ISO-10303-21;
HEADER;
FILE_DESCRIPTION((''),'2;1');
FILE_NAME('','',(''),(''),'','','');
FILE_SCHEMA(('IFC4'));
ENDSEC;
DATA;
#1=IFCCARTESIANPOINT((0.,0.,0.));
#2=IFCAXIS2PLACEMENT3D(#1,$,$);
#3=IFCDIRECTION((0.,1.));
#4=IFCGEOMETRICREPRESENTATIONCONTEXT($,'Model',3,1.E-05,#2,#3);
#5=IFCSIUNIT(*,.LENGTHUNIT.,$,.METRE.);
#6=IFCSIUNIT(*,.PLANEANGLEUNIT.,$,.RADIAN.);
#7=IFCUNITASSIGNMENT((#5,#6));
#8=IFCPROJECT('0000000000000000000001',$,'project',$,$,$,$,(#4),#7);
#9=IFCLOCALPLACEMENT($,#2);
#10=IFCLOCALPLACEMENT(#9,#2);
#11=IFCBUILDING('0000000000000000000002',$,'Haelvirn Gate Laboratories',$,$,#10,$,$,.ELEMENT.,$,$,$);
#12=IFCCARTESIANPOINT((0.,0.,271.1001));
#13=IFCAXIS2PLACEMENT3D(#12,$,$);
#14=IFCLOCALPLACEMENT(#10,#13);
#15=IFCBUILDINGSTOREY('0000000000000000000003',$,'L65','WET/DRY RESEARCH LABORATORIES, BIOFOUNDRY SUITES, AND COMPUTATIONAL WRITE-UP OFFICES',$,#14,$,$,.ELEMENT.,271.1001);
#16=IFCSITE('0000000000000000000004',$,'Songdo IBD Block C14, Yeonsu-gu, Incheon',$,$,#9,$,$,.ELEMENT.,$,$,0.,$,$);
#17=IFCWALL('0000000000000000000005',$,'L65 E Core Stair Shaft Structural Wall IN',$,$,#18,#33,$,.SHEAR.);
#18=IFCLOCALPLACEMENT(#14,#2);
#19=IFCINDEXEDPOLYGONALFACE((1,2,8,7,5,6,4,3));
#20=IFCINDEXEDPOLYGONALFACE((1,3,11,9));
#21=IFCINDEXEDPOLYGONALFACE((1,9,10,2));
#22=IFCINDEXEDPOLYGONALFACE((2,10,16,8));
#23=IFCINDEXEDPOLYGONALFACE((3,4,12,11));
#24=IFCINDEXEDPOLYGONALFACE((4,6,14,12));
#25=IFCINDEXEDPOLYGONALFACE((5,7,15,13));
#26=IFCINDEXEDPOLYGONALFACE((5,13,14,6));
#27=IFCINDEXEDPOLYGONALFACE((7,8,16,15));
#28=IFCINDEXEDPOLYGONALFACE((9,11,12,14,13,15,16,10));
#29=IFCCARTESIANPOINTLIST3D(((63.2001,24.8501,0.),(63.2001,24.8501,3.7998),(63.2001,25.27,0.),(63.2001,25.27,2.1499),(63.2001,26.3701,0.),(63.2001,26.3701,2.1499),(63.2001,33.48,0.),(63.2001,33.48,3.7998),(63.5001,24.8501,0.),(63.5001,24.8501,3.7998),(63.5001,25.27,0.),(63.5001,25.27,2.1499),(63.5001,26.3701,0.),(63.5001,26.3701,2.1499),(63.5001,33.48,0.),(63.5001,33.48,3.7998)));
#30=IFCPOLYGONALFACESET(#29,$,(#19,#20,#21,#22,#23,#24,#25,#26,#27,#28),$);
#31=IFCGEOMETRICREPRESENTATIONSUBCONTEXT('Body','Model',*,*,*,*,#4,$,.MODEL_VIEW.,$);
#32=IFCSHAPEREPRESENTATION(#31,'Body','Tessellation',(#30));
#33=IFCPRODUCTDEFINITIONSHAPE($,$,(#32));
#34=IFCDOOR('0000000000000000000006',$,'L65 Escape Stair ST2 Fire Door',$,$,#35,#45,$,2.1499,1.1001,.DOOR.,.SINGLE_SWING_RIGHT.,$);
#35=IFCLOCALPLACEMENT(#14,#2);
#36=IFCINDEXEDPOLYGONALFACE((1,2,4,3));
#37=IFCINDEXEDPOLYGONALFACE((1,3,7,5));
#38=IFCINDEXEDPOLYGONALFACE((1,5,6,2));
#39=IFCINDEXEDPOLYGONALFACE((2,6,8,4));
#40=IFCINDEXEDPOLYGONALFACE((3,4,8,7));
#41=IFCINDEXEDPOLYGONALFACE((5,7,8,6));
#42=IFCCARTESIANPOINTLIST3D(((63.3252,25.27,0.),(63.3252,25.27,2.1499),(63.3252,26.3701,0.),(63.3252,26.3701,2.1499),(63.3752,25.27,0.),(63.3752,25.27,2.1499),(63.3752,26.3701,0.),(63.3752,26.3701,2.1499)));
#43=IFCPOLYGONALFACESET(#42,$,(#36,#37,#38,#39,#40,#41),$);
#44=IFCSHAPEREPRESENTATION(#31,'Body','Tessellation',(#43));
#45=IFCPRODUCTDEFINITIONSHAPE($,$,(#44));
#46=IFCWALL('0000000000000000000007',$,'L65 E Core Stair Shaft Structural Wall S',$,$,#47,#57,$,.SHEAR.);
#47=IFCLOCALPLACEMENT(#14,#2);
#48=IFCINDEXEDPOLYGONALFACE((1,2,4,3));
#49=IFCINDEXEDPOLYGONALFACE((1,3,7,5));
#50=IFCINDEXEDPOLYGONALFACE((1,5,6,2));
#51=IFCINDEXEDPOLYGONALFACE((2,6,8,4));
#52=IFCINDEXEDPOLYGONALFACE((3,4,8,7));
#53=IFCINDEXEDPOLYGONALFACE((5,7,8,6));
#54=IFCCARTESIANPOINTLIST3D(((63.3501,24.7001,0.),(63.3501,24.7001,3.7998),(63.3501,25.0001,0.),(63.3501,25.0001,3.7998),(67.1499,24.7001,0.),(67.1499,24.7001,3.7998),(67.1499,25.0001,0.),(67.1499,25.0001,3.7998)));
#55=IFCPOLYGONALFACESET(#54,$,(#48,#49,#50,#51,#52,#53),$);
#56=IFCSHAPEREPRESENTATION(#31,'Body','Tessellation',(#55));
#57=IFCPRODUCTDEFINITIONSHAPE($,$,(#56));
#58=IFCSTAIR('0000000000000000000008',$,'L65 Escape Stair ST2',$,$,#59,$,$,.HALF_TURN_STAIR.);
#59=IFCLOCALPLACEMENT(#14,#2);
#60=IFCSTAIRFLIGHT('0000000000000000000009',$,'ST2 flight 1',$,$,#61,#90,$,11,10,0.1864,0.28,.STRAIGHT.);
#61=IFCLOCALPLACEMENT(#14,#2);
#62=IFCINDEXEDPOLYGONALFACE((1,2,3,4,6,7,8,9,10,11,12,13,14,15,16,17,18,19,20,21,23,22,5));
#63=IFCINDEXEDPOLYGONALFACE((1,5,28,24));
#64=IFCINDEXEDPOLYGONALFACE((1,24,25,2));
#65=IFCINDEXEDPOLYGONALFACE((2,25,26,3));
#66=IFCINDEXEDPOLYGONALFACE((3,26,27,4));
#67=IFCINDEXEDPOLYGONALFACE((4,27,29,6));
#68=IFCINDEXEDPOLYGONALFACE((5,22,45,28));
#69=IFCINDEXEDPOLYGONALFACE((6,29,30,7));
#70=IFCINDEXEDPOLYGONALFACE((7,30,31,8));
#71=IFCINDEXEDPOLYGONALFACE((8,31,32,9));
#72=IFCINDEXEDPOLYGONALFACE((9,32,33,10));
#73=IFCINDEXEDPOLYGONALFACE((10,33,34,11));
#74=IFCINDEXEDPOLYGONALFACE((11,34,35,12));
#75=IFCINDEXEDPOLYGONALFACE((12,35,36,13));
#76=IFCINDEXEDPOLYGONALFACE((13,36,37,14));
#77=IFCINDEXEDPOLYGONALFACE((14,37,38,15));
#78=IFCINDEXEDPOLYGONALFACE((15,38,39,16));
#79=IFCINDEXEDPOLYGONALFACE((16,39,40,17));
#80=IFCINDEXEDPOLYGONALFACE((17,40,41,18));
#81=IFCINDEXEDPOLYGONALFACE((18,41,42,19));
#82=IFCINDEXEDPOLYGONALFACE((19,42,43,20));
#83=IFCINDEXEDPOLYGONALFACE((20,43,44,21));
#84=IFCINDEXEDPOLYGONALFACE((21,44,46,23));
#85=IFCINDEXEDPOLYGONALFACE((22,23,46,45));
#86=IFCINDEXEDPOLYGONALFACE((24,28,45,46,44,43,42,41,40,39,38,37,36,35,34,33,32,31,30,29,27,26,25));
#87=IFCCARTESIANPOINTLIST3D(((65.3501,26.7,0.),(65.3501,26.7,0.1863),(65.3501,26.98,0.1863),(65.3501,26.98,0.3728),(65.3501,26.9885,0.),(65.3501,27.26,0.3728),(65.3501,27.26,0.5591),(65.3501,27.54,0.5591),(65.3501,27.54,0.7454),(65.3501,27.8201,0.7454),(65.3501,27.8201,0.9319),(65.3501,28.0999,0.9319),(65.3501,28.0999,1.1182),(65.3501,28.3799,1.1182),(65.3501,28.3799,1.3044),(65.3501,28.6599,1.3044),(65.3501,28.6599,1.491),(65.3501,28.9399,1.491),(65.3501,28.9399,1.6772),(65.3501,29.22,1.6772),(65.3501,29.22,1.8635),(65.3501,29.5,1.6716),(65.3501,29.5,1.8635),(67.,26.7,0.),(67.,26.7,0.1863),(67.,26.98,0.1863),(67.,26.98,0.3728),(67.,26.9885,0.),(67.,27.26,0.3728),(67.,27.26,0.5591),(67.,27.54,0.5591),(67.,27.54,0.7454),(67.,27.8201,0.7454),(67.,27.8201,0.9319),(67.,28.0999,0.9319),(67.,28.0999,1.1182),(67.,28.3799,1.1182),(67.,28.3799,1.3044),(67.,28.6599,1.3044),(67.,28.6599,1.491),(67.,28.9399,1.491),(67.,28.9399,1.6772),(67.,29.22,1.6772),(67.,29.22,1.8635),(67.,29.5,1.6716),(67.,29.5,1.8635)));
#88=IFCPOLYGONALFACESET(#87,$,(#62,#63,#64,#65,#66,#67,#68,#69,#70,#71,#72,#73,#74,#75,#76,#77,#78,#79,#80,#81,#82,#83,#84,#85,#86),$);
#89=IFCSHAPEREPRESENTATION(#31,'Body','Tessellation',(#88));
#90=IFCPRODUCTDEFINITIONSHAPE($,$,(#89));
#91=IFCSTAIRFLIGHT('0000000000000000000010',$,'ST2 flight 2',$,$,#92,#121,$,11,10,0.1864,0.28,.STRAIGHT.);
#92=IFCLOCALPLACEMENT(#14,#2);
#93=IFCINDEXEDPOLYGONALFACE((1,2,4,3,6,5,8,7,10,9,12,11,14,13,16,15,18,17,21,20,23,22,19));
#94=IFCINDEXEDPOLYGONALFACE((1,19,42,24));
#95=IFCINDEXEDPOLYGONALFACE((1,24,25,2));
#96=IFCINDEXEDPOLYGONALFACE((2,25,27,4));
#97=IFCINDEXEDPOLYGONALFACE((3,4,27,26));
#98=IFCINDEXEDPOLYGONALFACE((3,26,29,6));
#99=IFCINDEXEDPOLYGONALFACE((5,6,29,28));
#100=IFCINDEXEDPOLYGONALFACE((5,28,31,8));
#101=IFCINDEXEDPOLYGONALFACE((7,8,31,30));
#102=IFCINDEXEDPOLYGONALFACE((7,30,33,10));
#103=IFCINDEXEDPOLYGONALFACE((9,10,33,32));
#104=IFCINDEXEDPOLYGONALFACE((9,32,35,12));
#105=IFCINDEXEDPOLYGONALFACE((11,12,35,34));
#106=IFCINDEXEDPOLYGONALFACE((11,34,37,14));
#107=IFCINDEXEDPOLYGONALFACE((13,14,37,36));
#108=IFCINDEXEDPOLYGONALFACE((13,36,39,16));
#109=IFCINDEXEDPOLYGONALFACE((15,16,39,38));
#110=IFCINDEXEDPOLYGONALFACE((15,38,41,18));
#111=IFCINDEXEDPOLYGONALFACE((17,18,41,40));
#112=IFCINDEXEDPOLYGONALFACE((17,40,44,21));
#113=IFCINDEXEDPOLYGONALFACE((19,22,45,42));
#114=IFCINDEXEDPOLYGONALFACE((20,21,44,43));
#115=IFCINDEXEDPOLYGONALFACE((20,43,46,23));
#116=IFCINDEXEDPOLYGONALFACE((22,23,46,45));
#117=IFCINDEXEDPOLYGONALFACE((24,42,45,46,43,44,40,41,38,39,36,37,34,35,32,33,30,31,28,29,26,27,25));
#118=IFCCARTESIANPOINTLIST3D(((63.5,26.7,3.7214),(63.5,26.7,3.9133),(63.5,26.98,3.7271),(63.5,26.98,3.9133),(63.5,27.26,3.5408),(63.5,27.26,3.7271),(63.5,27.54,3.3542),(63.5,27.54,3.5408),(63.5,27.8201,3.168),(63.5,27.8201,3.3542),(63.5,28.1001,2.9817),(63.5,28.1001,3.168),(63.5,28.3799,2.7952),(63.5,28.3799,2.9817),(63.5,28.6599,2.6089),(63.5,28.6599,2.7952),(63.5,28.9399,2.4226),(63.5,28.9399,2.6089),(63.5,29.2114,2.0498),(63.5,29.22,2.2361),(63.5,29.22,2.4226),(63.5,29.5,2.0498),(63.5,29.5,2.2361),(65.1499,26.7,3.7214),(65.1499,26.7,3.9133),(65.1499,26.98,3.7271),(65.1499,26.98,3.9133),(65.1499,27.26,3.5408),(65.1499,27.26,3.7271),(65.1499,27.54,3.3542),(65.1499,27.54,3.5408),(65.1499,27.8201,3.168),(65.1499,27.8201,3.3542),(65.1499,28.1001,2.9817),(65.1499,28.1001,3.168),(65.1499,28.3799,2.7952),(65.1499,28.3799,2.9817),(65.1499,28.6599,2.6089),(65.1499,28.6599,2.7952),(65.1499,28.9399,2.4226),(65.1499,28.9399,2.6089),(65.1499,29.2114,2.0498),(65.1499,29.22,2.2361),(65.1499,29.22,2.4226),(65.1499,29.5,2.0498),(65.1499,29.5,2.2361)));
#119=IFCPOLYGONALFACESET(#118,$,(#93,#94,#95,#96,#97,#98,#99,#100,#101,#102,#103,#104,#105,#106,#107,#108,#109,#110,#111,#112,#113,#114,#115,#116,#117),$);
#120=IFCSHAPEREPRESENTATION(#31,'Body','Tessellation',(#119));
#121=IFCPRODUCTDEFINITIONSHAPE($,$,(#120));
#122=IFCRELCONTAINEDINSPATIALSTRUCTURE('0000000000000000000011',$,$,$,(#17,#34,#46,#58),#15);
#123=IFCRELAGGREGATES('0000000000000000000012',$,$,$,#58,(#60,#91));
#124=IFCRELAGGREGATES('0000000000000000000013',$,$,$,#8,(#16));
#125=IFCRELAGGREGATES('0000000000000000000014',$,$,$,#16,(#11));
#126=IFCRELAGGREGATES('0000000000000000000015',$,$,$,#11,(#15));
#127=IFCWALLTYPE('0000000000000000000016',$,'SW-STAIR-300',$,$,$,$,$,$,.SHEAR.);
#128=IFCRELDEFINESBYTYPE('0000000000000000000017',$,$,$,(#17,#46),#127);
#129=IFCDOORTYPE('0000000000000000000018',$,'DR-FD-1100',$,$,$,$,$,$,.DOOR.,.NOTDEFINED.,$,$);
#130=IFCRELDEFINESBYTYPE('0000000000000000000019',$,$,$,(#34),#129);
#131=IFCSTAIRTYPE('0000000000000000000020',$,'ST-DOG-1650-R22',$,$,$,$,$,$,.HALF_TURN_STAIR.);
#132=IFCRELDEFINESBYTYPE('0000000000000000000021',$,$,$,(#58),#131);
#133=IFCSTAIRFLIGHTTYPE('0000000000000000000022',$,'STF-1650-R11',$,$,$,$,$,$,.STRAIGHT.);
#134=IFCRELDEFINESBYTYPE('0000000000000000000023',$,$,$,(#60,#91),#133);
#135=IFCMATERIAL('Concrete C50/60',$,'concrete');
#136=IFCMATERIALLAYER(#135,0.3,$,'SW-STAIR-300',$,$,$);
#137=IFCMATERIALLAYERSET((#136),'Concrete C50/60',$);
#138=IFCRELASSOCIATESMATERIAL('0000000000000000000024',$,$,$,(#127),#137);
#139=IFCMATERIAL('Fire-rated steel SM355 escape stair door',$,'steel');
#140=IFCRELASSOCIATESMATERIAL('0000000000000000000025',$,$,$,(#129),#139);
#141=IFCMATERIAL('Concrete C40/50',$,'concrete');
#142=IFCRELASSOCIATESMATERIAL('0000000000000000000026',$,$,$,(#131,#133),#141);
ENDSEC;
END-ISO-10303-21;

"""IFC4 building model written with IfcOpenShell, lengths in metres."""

from ifc_helpers import new_model, si_unit, direction, frame, frame_2d, origin, place, context, subcontext, project, spatial, polyline, rectangle, outline, extrude, source, transform, mapped, material, layer, layer_set, type_object, type_shapes, element, fill, aggregate, save


model = new_model("IFC4")

# Units and contexts
model_context = context("Model", 3, precision=1e-05, world=origin(), true_north=direction((0.0, 1.0)))
body_context = subcontext(model_context, "Body", "Model", "MODEL_VIEW")
ifc_project = project(units=[si_unit("LENGTHUNIT", "METRE"), si_unit("PLANEANGLEUNIT", "RADIAN")], contexts=[model_context])

# Site, building, storey
site_placement = place(None, origin())
site = spatial("IfcSite", under=ifc_project, at=site_placement, Name="Songdo IBD Block C14, Yeonsu-gu, Incheon", CompositionType="ELEMENT", RefElevation=0.0)
building_placement = place(site_placement, origin())
building = spatial("IfcBuilding", under=site, at=building_placement, Name="Haelvirn Gate Laboratories", CompositionType="ELEMENT")
storey_placement = place(building_placement, frame((0.0, 0.0, 271.1001)))
storey = spatial("IfcBuildingStorey", under=building, at=storey_placement, Name="L65", Description="WET/DRY RESEARCH LABORATORIES, BIOFOUNDRY SUITES, AND COMPUTATIONAL WRITE-UP OFFICES", CompositionType="ELEMENT", Elevation=271.1001)

# Shared definitions
ifc_material_1 = material(Name="Concrete C40/50", Category="concrete")

# Shared definitions
ifc_material_2 = material(Name="Concrete C50/60", Category="concrete")

# Wall, opening, door
ifc_layer_1 = layer(ifc_material_2, 0.3, Name="SW-STAIR-300")
ifc_layer_set_1 = layer_set([ifc_layer_1], Name="Concrete C50/60")
wall_type_1 = type_object("IfcWallType", Name="SW-STAIR-300", PredefinedType="SHEAR", material=ifc_layer_set_1)
wall_1_placement = place(storey_placement, frame((63.3501, 24.8501, 0.0), z_axis=(0.0, 0.0, 1.0), x_axis=(0.0, 1.0, 0.0)))
wall_1 = element("IfcWall", 1, at=wall_1_placement, inside=storey, type_object=wall_type_1, Name="L65 E Core Stair Shaft Structural Wall IN", PredefinedType="SHEAR", context=body_context, shape_type="SweptSolid", body=[
    extrude(rectangle(XDim=8.6299, YDim=0.3, at=frame_2d((4.3149, 0.0))), origin(), (0.0, 0.0, 1.0), 3.7998),
])
opening_1_placement = place(wall_1_placement, frame((0.4199, 0.0, 0.0)))
opening_1 = element("IfcOpeningElement", 2, at=opening_1_placement, cuts=wall_1, PredefinedType="OPENING", context=body_context, shape_type="SweptSolid", body=[
    extrude(rectangle(XDim=1.1001, YDim=2.1499, at=frame_2d((0.55, 1.075))), frame((0.0, 0.1602, 0.0), z_axis=(0.0, -1.0, 0.0), x_axis=(1.0, 0.0, 0.0)), (0.0, 0.0, 1.0), 0.3201),
])
ifc_material_3 = material(Name="Fire-rated steel SM355 escape stair door", Category="steel")
door_type_1 = type_object("IfcDoorType", Name="DR-FD-1100", OperationType="NOTDEFINED", PredefinedType="DOOR", material=ifc_material_3)
shared_shape_1 = source(origin(), body_context, "Body", "SweptSolid", [
    extrude(rectangle(XDim=1.1001, YDim=2.1499, at=frame_2d((0.55, 1.075))), frame((0.0, 0.0249, 0.0), z_axis=(0.0, -1.0, 0.0), x_axis=(1.0, 0.0, 0.0)), (0.0, 0.0, 1.0), 0.05),
])
type_shapes(door_type_1, [shared_shape_1])
door_1_placement = place(opening_1_placement, origin())
door_1 = element("IfcDoor", 3, at=door_1_placement, inside=storey, type_object=door_type_1, Name="L65 Escape Stair ST2 Fire Door", OperationType="SINGLE_SWING_RIGHT", OverallHeight=2.1499, OverallWidth=1.1001, PredefinedType="DOOR", context=body_context, shape_type="MappedRepresentation", body=[
    mapped(shared_shape_1, transform((0.0, 0.0, 0.0), scale=1.0)),
])
fill(opening_1, door_1)

# Wall
wall_2_placement = place(storey_placement, frame((63.3501, 24.8501, 0.0), z_axis=(0.0, 0.0, 1.0), x_axis=(1.0, 0.0, 0.0)))
element("IfcWall", 4, at=wall_2_placement, inside=storey, type_object=wall_type_1, Name="L65 E Core Stair Shaft Structural Wall S", PredefinedType="SHEAR", context=body_context, shape_type="SweptSolid", body=[
    extrude(rectangle(XDim=3.7998, YDim=0.3, at=frame_2d((1.8999, 0.0))), origin(), (0.0, 0.0, 1.0), 3.7998),
])

# Stair, stair flights
stair_type = type_object("IfcStairType", Name="ST-DOG-1650-R22", PredefinedType="HALF_TURN_STAIR", material=ifc_material_1)
stair_placement = place(storey_placement, origin())
stair = element("IfcStair", 5, at=stair_placement, inside=storey, type_object=stair_type, Name="L65 Escape Stair ST2", PredefinedType="HALF_TURN_STAIR")
stair_flight_type = type_object("IfcStairFlightType", Name="STF-1650-R11", PredefinedType="STRAIGHT", material=ifc_material_1)
shared_shape_2 = source(origin(), body_context, "Body", "SweptSolid", [
    extrude(outline(polyline([(0.0, 0.0), (0.0, 0.1863), (0.28, 0.1863), (0.28, 0.3728), (0.5601, 0.3728), (0.5601, 0.5591), (0.8401, 0.5591), (0.8401, 0.7454), (1.1201, 0.7454), (1.1201, 0.9319), (1.3999, 0.9319), (1.3999, 1.1182), (1.6799, 1.1182), (1.6799, 1.3044), (1.96, 1.3044), (1.96, 1.491), (2.24, 1.491), (2.24, 1.6772), (2.52, 1.6772), (2.52, 1.8635), (2.8, 1.8635), (2.8, 2.05), (2.8, 1.6716), (0.2886, 0.0), (0.0, 0.0)])), frame((0.0, 0.825, 0.0), z_axis=(0.0, -1.0, 0.0), x_axis=(1.0, 0.0, 0.0)), (0.0, 0.0, 1.0), 1.6499),
])
type_shapes(stair_flight_type, [shared_shape_2])
stair_flight_1_placement = place(storey_placement, frame((66.175, 26.7, 0.0), z_axis=(0.0, 0.0, 1.0), x_axis=(0.0, 1.0, 0.0)))
stair_flight_1 = element("IfcStairFlight", 6, at=stair_flight_1_placement, type_object=stair_flight_type, Name="ST2 flight 1", NumberOfRisers=11, NumberOfTreads=10, PredefinedType="STRAIGHT", RiserHeight=0.1864, TreadLength=0.28, context=body_context, shape_type="MappedRepresentation", body=[
    mapped(shared_shape_2, transform((0.0, 0.0, 0.0), scale=1.0)),
])
stair_flight_2_placement = place(storey_placement, frame((64.325, 29.5, 2.0498), z_axis=(0.0, 0.0, 1.0), x_axis=(0.0, -1.0, 0.0)))
stair_flight_2 = element("IfcStairFlight", 7, at=stair_flight_2_placement, type_object=stair_flight_type, Name="ST2 flight 2", NumberOfRisers=11, NumberOfTreads=10, PredefinedType="STRAIGHT", RiserHeight=0.1864, TreadLength=0.28, context=body_context, shape_type="MappedRepresentation", body=[
    mapped(shared_shape_2, transform((0.0, 0.0, 0.0), scale=1.0)),
])
aggregate(stair, [stair_flight_1, stair_flight_2])

save(model, "model.ifc")
